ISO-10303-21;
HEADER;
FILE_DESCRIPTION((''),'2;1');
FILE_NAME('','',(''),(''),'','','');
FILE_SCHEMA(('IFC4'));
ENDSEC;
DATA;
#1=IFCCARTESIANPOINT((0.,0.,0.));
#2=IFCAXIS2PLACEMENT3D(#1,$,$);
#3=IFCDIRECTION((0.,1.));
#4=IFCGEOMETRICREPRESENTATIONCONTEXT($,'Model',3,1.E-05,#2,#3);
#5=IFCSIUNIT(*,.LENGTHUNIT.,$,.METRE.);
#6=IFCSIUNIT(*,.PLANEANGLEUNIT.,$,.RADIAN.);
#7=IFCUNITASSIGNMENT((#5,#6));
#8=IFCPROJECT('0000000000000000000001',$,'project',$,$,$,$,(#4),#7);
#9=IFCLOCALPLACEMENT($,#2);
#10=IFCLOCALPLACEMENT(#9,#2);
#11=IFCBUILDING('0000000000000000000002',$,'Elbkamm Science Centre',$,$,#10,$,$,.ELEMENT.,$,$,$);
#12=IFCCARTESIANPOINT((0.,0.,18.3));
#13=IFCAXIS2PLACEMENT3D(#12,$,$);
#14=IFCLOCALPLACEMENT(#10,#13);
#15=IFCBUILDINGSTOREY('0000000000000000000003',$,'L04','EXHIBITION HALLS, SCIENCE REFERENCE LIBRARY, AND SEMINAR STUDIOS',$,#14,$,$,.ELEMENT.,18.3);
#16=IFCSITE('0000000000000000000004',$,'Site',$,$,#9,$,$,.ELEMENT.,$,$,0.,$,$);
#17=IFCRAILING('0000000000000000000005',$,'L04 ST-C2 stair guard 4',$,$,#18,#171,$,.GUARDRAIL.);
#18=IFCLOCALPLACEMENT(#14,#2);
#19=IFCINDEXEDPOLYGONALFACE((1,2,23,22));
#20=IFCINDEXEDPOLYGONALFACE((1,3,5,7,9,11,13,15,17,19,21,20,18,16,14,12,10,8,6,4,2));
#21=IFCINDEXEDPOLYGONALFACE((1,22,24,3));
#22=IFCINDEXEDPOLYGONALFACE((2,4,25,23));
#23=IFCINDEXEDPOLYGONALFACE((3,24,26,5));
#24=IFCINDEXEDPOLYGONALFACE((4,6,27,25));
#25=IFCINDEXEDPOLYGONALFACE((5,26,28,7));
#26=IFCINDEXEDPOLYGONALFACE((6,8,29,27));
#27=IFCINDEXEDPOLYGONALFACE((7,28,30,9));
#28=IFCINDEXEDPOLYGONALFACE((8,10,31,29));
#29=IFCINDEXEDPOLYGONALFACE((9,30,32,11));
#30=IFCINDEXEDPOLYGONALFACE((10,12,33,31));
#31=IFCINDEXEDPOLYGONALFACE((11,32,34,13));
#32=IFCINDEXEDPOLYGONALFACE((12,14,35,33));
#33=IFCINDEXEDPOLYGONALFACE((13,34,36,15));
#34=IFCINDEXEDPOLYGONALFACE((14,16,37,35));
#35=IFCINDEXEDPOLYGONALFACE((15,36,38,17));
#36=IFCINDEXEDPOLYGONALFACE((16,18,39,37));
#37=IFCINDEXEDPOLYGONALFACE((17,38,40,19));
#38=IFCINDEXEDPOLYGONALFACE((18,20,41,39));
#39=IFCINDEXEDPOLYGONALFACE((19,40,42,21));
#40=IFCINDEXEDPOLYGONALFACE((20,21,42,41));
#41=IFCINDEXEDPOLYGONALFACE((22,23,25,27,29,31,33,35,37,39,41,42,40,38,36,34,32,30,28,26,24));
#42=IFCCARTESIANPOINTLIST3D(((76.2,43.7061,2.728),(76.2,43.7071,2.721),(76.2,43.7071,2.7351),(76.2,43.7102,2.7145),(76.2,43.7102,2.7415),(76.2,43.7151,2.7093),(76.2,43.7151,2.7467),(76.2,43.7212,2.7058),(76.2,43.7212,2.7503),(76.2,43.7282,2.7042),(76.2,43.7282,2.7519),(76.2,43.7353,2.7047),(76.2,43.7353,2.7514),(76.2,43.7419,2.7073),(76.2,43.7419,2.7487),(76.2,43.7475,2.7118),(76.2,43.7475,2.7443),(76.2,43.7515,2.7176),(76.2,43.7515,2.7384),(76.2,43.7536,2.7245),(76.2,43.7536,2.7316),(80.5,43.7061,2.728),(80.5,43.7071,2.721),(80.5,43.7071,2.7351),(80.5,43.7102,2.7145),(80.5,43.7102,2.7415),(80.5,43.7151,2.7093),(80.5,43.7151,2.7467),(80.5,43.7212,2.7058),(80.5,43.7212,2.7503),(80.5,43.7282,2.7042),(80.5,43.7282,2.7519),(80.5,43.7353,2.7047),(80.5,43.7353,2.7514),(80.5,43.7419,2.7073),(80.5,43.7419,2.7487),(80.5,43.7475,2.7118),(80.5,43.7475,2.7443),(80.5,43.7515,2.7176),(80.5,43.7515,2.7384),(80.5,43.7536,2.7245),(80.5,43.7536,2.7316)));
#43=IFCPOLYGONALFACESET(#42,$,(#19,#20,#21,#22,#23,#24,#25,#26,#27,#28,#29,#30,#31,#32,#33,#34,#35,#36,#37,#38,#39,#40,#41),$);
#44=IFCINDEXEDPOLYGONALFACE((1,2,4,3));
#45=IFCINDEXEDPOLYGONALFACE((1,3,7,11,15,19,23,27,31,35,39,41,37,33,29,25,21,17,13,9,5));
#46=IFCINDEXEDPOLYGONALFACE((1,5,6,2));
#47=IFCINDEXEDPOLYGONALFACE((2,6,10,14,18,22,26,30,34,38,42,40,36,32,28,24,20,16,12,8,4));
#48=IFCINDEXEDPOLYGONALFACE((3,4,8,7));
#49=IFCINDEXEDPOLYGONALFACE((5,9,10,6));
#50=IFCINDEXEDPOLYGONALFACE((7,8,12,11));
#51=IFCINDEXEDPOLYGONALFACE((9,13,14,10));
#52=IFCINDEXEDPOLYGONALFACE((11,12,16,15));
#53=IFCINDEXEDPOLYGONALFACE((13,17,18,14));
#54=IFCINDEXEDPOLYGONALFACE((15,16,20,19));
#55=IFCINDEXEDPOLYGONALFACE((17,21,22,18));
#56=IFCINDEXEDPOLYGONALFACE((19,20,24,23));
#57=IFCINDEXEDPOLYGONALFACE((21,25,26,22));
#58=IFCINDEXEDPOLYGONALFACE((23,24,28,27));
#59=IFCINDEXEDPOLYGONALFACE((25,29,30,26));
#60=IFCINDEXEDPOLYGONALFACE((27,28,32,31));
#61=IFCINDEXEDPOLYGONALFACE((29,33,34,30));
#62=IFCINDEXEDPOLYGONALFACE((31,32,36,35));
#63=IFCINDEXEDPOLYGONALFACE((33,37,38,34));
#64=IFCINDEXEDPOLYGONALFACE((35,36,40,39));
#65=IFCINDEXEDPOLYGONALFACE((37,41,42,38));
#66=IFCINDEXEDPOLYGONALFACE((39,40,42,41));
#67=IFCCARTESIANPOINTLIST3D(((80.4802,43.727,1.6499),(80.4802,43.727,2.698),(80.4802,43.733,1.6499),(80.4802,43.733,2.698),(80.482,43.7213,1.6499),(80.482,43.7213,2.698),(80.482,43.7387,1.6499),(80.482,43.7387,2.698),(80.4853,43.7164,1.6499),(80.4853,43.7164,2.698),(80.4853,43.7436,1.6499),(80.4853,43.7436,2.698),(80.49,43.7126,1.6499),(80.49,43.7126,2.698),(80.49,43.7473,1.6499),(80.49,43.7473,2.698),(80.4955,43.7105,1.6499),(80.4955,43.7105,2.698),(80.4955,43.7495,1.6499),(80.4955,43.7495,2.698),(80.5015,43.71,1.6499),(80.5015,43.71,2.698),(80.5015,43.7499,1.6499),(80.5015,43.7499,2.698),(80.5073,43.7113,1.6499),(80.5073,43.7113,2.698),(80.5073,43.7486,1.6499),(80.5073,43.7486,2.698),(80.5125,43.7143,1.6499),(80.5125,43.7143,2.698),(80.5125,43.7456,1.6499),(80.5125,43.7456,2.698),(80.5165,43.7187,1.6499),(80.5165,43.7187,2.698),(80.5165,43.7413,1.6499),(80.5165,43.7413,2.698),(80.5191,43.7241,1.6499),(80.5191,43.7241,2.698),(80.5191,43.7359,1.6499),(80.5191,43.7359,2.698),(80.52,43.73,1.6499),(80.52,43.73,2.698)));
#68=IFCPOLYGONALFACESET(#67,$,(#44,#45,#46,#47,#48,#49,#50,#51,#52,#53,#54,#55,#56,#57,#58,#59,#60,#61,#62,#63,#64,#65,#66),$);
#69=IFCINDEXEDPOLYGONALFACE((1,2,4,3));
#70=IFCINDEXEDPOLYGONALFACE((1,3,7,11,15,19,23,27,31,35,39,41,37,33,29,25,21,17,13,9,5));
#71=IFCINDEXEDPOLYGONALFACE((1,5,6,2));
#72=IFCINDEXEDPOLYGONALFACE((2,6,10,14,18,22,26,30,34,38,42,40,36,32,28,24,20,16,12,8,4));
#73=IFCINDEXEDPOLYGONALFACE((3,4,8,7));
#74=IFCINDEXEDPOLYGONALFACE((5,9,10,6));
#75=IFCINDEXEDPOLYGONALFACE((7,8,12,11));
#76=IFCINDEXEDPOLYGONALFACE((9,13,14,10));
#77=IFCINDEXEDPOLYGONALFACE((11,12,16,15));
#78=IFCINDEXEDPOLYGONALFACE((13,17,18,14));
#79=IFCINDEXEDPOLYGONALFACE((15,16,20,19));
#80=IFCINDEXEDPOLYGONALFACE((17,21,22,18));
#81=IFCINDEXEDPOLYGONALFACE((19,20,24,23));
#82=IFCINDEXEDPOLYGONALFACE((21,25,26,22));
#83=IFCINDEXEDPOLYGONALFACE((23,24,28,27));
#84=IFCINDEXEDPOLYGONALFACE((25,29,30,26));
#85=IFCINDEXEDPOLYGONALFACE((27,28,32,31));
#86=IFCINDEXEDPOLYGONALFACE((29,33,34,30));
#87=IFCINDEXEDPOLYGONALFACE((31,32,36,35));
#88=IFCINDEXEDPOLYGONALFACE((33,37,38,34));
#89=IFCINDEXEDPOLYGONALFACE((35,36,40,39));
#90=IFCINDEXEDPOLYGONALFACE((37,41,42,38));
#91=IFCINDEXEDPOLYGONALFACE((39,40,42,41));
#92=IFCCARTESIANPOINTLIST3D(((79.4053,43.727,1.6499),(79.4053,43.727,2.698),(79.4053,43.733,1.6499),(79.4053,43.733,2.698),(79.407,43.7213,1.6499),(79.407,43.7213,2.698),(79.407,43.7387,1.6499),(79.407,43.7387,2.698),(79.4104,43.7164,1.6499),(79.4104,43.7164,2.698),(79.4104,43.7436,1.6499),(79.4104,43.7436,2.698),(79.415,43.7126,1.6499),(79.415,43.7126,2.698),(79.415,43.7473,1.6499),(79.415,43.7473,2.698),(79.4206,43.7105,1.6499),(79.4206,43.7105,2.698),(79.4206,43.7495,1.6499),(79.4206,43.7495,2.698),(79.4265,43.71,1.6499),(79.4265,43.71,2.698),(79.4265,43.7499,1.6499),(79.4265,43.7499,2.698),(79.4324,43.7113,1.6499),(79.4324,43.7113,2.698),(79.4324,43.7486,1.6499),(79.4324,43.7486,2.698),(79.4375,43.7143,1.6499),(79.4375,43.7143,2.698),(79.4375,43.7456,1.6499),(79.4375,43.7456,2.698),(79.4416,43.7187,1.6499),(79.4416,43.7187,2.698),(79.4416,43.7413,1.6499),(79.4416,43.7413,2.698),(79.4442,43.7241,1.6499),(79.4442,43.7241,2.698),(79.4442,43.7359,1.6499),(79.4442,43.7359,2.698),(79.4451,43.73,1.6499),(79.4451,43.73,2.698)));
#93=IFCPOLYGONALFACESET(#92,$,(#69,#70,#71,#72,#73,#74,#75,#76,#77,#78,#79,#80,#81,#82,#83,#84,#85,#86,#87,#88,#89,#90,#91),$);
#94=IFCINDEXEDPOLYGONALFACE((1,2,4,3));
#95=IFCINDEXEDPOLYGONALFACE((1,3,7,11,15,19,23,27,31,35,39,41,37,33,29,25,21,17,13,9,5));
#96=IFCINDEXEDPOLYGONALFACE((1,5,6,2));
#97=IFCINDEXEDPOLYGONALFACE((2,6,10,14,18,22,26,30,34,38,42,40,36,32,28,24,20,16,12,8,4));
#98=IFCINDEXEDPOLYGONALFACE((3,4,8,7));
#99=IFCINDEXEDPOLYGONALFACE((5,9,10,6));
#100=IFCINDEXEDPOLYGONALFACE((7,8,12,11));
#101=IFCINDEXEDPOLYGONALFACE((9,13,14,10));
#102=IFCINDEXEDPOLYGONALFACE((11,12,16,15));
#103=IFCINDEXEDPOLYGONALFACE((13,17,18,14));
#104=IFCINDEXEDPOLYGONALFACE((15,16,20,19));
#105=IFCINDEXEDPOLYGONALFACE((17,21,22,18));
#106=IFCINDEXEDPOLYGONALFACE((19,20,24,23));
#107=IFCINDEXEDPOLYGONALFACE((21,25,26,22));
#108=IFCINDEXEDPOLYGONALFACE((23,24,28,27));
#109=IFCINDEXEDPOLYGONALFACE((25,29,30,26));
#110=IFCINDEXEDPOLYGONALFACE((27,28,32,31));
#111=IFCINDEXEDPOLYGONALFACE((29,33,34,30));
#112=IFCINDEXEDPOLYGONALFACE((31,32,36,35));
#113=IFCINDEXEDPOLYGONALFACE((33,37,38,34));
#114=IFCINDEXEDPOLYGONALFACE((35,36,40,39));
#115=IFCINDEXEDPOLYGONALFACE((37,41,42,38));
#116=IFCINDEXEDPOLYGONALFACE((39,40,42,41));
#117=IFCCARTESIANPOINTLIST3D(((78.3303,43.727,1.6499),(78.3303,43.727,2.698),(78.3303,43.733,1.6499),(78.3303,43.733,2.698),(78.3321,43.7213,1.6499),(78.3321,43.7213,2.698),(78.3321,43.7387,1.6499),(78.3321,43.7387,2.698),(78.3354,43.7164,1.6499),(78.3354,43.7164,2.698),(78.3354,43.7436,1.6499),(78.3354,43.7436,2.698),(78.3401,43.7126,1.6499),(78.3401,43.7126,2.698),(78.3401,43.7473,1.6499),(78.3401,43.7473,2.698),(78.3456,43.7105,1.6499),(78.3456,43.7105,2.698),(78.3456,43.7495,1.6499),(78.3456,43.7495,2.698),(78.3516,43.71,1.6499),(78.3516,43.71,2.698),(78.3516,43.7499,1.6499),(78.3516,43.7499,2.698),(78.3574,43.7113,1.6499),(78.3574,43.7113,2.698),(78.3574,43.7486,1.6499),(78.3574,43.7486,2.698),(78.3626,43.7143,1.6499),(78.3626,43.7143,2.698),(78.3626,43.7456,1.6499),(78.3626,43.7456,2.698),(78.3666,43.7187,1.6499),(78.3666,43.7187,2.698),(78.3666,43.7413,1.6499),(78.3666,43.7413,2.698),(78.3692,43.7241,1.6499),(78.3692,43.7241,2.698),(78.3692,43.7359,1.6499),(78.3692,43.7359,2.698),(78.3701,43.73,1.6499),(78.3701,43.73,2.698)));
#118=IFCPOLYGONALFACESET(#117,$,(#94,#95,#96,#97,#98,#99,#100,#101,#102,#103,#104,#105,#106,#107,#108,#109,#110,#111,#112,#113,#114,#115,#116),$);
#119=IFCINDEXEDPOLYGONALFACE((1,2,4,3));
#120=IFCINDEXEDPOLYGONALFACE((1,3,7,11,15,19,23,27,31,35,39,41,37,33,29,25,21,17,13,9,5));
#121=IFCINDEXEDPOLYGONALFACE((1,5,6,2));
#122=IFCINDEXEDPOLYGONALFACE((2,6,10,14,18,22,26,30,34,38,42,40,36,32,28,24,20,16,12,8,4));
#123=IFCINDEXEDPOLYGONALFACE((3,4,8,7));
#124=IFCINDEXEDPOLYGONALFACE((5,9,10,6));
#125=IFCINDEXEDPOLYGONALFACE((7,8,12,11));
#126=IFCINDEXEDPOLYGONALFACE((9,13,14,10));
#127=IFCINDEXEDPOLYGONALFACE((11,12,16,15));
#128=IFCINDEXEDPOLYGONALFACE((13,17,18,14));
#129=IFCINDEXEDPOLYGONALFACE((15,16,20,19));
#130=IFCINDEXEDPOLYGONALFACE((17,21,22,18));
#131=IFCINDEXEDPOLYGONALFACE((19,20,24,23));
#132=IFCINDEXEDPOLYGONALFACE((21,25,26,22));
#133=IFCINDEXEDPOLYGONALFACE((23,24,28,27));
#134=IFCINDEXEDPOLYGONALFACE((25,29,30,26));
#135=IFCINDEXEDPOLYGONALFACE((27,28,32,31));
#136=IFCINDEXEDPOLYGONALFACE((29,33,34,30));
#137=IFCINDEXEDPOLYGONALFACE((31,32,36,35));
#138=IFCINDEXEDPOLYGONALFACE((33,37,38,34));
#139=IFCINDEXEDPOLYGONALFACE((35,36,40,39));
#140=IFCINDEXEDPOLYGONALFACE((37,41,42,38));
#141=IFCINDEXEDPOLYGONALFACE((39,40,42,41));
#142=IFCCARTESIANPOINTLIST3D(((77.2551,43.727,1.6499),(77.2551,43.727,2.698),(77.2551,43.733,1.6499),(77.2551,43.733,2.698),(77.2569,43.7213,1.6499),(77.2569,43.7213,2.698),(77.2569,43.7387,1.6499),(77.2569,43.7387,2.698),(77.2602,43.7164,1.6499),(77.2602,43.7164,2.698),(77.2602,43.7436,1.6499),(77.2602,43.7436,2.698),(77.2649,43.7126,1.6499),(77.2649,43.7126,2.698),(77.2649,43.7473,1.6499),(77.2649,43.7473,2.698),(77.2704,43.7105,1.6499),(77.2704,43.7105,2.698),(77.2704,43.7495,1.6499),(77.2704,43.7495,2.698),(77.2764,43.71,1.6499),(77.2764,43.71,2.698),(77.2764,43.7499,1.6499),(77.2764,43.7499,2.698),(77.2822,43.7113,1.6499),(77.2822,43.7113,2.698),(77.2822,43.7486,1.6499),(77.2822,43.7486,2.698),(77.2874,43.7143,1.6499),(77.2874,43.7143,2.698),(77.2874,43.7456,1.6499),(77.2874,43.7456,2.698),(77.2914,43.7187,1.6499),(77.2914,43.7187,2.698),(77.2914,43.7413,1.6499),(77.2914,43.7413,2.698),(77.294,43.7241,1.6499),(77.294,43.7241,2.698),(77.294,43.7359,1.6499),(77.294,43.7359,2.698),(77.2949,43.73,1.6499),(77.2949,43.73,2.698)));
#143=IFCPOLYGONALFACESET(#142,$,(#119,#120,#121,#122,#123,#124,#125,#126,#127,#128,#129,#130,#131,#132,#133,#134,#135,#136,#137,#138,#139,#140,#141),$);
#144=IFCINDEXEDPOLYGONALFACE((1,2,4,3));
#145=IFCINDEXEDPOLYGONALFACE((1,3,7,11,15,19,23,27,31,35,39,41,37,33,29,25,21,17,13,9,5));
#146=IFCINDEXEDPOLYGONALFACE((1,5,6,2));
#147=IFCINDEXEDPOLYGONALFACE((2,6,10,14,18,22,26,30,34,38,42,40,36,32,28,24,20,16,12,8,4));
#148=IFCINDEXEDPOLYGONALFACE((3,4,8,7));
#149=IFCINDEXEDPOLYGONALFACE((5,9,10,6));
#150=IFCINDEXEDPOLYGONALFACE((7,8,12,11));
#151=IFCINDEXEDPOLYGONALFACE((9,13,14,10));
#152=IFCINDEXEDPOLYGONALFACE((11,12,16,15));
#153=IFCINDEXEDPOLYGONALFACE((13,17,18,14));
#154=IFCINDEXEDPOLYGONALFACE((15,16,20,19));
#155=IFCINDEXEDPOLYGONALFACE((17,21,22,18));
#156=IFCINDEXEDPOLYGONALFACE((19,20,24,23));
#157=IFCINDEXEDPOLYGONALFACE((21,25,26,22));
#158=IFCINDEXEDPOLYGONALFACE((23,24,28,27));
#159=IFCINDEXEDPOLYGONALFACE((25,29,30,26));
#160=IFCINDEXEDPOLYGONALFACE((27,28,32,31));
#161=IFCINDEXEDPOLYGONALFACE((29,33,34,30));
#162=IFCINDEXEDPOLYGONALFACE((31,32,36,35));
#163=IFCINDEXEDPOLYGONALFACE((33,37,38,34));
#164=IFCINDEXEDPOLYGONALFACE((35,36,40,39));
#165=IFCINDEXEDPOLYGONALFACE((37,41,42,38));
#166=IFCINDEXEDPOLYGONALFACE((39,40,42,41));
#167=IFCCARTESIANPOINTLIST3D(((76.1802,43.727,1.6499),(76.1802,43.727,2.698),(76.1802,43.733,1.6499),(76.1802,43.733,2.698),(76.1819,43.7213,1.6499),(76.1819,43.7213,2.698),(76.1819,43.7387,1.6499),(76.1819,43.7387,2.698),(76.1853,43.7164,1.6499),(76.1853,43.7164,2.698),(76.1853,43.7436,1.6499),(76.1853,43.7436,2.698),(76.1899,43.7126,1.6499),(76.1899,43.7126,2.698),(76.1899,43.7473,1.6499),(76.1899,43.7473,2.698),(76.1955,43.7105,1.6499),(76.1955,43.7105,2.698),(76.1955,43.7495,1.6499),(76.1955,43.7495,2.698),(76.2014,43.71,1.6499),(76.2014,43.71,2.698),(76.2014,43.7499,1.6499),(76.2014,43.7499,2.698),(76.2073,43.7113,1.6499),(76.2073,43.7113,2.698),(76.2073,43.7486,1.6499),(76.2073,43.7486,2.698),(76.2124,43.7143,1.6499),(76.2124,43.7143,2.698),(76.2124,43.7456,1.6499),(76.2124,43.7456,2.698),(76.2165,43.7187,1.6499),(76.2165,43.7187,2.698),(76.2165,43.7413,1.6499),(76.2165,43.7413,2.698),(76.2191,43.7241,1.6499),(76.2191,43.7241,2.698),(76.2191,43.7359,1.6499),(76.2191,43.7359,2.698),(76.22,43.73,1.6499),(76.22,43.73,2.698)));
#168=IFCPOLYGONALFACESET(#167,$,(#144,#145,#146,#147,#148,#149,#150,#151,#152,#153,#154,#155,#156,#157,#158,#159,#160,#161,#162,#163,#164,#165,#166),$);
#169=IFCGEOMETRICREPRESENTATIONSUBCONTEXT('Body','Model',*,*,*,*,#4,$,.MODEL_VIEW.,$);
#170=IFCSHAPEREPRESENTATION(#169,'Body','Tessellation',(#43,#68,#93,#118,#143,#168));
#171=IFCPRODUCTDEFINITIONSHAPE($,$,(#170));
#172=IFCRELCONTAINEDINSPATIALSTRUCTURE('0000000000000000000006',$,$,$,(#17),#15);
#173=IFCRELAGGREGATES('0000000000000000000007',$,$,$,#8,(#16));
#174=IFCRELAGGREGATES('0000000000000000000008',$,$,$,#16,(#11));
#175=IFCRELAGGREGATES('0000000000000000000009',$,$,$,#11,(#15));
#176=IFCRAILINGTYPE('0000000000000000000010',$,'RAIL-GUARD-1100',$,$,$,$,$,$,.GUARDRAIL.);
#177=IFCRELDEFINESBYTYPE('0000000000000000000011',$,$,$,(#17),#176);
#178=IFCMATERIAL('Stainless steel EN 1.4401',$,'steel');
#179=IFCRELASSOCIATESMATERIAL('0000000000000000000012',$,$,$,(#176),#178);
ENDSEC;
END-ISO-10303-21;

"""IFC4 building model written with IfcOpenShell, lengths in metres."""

from ifc_helpers import new_model, si_unit, direction, frame, origin, origin_2d, place, context, subcontext, project, spatial, circle, extrude, material, type_object, element, save


model = new_model("IFC4")

# Units and contexts
model_context = context("Model", 3, precision=1e-05, world=origin(), true_north=direction((0.0, 1.0)))
body_context = subcontext(model_context, "Body", "Model", "MODEL_VIEW")
ifc_project = project(units=[si_unit("LENGTHUNIT", "METRE"), si_unit("PLANEANGLEUNIT", "RADIAN")], contexts=[model_context])

# Site, building, storey
site_placement = place(None, origin())
site = spatial("IfcSite", under=ifc_project, at=site_placement, Name="Site", CompositionType="ELEMENT", RefElevation=0.0)
building_placement = place(site_placement, origin())
building = spatial("IfcBuilding", under=site, at=building_placement, Name="Elbkamm Science Centre", CompositionType="ELEMENT")
storey_placement = place(building_placement, frame((0.0, 0.0, 18.3)))
storey = spatial("IfcBuildingStorey", under=building, at=storey_placement, Name="L04", Description="EXHIBITION HALLS, SCIENCE REFERENCE LIBRARY, AND SEMINAR STUDIOS", CompositionType="ELEMENT", Elevation=18.3)

# Railing
ifc_material_1 = material(Name="Stainless steel EN 1.4401", Category="steel")
railing_type_1 = type_object("IfcRailingType", Name="RAIL-GUARD-1100", PredefinedType="GUARDRAIL", material=ifc_material_1)
for number, where, name in (
    (1, (80.5, 43.73, 1.6499), "L04 ST-C2 stair guard 4"),
):
    element("IfcRailing", number, at=place(storey_placement, frame(where)), inside=storey, type_object=railing_type_1, Name=name, PredefinedType="GUARDRAIL", context=body_context, shape_type="SweptSolid", body=[
        extrude(circle(Radius=0.0239, at=origin_2d()), frame((0.0, 0.0, 1.0781), z_axis=(-1.0, 0.0, 0.0), x_axis=(0.0, -1.0, 0.0)), (0.0, 0.0, 1.0), 4.3),
        extrude(circle(Radius=0.02, at=origin_2d()), origin(), (0.0, 0.0, 1.0), 1.0481),
        extrude(circle(Radius=0.02, at=origin_2d()), frame((-1.075, 0.0, 0.0)), (0.0, 0.0, 1.0), 1.0481),
        extrude(circle(Radius=0.02, at=origin_2d()), frame((-2.1499, 0.0, 0.0)), (0.0, 0.0, 1.0), 1.0481),
        extrude(circle(Radius=0.02, at=origin_2d()), frame((-3.2251, 0.0, 0.0)), (0.0, 0.0, 1.0), 1.0481),
        extrude(circle(Radius=0.02, at=origin_2d()), frame((-4.3, 0.0, 0.0)), (0.0, 0.0, 1.0), 1.0481),
    ])

save(model, "model.ifc")
